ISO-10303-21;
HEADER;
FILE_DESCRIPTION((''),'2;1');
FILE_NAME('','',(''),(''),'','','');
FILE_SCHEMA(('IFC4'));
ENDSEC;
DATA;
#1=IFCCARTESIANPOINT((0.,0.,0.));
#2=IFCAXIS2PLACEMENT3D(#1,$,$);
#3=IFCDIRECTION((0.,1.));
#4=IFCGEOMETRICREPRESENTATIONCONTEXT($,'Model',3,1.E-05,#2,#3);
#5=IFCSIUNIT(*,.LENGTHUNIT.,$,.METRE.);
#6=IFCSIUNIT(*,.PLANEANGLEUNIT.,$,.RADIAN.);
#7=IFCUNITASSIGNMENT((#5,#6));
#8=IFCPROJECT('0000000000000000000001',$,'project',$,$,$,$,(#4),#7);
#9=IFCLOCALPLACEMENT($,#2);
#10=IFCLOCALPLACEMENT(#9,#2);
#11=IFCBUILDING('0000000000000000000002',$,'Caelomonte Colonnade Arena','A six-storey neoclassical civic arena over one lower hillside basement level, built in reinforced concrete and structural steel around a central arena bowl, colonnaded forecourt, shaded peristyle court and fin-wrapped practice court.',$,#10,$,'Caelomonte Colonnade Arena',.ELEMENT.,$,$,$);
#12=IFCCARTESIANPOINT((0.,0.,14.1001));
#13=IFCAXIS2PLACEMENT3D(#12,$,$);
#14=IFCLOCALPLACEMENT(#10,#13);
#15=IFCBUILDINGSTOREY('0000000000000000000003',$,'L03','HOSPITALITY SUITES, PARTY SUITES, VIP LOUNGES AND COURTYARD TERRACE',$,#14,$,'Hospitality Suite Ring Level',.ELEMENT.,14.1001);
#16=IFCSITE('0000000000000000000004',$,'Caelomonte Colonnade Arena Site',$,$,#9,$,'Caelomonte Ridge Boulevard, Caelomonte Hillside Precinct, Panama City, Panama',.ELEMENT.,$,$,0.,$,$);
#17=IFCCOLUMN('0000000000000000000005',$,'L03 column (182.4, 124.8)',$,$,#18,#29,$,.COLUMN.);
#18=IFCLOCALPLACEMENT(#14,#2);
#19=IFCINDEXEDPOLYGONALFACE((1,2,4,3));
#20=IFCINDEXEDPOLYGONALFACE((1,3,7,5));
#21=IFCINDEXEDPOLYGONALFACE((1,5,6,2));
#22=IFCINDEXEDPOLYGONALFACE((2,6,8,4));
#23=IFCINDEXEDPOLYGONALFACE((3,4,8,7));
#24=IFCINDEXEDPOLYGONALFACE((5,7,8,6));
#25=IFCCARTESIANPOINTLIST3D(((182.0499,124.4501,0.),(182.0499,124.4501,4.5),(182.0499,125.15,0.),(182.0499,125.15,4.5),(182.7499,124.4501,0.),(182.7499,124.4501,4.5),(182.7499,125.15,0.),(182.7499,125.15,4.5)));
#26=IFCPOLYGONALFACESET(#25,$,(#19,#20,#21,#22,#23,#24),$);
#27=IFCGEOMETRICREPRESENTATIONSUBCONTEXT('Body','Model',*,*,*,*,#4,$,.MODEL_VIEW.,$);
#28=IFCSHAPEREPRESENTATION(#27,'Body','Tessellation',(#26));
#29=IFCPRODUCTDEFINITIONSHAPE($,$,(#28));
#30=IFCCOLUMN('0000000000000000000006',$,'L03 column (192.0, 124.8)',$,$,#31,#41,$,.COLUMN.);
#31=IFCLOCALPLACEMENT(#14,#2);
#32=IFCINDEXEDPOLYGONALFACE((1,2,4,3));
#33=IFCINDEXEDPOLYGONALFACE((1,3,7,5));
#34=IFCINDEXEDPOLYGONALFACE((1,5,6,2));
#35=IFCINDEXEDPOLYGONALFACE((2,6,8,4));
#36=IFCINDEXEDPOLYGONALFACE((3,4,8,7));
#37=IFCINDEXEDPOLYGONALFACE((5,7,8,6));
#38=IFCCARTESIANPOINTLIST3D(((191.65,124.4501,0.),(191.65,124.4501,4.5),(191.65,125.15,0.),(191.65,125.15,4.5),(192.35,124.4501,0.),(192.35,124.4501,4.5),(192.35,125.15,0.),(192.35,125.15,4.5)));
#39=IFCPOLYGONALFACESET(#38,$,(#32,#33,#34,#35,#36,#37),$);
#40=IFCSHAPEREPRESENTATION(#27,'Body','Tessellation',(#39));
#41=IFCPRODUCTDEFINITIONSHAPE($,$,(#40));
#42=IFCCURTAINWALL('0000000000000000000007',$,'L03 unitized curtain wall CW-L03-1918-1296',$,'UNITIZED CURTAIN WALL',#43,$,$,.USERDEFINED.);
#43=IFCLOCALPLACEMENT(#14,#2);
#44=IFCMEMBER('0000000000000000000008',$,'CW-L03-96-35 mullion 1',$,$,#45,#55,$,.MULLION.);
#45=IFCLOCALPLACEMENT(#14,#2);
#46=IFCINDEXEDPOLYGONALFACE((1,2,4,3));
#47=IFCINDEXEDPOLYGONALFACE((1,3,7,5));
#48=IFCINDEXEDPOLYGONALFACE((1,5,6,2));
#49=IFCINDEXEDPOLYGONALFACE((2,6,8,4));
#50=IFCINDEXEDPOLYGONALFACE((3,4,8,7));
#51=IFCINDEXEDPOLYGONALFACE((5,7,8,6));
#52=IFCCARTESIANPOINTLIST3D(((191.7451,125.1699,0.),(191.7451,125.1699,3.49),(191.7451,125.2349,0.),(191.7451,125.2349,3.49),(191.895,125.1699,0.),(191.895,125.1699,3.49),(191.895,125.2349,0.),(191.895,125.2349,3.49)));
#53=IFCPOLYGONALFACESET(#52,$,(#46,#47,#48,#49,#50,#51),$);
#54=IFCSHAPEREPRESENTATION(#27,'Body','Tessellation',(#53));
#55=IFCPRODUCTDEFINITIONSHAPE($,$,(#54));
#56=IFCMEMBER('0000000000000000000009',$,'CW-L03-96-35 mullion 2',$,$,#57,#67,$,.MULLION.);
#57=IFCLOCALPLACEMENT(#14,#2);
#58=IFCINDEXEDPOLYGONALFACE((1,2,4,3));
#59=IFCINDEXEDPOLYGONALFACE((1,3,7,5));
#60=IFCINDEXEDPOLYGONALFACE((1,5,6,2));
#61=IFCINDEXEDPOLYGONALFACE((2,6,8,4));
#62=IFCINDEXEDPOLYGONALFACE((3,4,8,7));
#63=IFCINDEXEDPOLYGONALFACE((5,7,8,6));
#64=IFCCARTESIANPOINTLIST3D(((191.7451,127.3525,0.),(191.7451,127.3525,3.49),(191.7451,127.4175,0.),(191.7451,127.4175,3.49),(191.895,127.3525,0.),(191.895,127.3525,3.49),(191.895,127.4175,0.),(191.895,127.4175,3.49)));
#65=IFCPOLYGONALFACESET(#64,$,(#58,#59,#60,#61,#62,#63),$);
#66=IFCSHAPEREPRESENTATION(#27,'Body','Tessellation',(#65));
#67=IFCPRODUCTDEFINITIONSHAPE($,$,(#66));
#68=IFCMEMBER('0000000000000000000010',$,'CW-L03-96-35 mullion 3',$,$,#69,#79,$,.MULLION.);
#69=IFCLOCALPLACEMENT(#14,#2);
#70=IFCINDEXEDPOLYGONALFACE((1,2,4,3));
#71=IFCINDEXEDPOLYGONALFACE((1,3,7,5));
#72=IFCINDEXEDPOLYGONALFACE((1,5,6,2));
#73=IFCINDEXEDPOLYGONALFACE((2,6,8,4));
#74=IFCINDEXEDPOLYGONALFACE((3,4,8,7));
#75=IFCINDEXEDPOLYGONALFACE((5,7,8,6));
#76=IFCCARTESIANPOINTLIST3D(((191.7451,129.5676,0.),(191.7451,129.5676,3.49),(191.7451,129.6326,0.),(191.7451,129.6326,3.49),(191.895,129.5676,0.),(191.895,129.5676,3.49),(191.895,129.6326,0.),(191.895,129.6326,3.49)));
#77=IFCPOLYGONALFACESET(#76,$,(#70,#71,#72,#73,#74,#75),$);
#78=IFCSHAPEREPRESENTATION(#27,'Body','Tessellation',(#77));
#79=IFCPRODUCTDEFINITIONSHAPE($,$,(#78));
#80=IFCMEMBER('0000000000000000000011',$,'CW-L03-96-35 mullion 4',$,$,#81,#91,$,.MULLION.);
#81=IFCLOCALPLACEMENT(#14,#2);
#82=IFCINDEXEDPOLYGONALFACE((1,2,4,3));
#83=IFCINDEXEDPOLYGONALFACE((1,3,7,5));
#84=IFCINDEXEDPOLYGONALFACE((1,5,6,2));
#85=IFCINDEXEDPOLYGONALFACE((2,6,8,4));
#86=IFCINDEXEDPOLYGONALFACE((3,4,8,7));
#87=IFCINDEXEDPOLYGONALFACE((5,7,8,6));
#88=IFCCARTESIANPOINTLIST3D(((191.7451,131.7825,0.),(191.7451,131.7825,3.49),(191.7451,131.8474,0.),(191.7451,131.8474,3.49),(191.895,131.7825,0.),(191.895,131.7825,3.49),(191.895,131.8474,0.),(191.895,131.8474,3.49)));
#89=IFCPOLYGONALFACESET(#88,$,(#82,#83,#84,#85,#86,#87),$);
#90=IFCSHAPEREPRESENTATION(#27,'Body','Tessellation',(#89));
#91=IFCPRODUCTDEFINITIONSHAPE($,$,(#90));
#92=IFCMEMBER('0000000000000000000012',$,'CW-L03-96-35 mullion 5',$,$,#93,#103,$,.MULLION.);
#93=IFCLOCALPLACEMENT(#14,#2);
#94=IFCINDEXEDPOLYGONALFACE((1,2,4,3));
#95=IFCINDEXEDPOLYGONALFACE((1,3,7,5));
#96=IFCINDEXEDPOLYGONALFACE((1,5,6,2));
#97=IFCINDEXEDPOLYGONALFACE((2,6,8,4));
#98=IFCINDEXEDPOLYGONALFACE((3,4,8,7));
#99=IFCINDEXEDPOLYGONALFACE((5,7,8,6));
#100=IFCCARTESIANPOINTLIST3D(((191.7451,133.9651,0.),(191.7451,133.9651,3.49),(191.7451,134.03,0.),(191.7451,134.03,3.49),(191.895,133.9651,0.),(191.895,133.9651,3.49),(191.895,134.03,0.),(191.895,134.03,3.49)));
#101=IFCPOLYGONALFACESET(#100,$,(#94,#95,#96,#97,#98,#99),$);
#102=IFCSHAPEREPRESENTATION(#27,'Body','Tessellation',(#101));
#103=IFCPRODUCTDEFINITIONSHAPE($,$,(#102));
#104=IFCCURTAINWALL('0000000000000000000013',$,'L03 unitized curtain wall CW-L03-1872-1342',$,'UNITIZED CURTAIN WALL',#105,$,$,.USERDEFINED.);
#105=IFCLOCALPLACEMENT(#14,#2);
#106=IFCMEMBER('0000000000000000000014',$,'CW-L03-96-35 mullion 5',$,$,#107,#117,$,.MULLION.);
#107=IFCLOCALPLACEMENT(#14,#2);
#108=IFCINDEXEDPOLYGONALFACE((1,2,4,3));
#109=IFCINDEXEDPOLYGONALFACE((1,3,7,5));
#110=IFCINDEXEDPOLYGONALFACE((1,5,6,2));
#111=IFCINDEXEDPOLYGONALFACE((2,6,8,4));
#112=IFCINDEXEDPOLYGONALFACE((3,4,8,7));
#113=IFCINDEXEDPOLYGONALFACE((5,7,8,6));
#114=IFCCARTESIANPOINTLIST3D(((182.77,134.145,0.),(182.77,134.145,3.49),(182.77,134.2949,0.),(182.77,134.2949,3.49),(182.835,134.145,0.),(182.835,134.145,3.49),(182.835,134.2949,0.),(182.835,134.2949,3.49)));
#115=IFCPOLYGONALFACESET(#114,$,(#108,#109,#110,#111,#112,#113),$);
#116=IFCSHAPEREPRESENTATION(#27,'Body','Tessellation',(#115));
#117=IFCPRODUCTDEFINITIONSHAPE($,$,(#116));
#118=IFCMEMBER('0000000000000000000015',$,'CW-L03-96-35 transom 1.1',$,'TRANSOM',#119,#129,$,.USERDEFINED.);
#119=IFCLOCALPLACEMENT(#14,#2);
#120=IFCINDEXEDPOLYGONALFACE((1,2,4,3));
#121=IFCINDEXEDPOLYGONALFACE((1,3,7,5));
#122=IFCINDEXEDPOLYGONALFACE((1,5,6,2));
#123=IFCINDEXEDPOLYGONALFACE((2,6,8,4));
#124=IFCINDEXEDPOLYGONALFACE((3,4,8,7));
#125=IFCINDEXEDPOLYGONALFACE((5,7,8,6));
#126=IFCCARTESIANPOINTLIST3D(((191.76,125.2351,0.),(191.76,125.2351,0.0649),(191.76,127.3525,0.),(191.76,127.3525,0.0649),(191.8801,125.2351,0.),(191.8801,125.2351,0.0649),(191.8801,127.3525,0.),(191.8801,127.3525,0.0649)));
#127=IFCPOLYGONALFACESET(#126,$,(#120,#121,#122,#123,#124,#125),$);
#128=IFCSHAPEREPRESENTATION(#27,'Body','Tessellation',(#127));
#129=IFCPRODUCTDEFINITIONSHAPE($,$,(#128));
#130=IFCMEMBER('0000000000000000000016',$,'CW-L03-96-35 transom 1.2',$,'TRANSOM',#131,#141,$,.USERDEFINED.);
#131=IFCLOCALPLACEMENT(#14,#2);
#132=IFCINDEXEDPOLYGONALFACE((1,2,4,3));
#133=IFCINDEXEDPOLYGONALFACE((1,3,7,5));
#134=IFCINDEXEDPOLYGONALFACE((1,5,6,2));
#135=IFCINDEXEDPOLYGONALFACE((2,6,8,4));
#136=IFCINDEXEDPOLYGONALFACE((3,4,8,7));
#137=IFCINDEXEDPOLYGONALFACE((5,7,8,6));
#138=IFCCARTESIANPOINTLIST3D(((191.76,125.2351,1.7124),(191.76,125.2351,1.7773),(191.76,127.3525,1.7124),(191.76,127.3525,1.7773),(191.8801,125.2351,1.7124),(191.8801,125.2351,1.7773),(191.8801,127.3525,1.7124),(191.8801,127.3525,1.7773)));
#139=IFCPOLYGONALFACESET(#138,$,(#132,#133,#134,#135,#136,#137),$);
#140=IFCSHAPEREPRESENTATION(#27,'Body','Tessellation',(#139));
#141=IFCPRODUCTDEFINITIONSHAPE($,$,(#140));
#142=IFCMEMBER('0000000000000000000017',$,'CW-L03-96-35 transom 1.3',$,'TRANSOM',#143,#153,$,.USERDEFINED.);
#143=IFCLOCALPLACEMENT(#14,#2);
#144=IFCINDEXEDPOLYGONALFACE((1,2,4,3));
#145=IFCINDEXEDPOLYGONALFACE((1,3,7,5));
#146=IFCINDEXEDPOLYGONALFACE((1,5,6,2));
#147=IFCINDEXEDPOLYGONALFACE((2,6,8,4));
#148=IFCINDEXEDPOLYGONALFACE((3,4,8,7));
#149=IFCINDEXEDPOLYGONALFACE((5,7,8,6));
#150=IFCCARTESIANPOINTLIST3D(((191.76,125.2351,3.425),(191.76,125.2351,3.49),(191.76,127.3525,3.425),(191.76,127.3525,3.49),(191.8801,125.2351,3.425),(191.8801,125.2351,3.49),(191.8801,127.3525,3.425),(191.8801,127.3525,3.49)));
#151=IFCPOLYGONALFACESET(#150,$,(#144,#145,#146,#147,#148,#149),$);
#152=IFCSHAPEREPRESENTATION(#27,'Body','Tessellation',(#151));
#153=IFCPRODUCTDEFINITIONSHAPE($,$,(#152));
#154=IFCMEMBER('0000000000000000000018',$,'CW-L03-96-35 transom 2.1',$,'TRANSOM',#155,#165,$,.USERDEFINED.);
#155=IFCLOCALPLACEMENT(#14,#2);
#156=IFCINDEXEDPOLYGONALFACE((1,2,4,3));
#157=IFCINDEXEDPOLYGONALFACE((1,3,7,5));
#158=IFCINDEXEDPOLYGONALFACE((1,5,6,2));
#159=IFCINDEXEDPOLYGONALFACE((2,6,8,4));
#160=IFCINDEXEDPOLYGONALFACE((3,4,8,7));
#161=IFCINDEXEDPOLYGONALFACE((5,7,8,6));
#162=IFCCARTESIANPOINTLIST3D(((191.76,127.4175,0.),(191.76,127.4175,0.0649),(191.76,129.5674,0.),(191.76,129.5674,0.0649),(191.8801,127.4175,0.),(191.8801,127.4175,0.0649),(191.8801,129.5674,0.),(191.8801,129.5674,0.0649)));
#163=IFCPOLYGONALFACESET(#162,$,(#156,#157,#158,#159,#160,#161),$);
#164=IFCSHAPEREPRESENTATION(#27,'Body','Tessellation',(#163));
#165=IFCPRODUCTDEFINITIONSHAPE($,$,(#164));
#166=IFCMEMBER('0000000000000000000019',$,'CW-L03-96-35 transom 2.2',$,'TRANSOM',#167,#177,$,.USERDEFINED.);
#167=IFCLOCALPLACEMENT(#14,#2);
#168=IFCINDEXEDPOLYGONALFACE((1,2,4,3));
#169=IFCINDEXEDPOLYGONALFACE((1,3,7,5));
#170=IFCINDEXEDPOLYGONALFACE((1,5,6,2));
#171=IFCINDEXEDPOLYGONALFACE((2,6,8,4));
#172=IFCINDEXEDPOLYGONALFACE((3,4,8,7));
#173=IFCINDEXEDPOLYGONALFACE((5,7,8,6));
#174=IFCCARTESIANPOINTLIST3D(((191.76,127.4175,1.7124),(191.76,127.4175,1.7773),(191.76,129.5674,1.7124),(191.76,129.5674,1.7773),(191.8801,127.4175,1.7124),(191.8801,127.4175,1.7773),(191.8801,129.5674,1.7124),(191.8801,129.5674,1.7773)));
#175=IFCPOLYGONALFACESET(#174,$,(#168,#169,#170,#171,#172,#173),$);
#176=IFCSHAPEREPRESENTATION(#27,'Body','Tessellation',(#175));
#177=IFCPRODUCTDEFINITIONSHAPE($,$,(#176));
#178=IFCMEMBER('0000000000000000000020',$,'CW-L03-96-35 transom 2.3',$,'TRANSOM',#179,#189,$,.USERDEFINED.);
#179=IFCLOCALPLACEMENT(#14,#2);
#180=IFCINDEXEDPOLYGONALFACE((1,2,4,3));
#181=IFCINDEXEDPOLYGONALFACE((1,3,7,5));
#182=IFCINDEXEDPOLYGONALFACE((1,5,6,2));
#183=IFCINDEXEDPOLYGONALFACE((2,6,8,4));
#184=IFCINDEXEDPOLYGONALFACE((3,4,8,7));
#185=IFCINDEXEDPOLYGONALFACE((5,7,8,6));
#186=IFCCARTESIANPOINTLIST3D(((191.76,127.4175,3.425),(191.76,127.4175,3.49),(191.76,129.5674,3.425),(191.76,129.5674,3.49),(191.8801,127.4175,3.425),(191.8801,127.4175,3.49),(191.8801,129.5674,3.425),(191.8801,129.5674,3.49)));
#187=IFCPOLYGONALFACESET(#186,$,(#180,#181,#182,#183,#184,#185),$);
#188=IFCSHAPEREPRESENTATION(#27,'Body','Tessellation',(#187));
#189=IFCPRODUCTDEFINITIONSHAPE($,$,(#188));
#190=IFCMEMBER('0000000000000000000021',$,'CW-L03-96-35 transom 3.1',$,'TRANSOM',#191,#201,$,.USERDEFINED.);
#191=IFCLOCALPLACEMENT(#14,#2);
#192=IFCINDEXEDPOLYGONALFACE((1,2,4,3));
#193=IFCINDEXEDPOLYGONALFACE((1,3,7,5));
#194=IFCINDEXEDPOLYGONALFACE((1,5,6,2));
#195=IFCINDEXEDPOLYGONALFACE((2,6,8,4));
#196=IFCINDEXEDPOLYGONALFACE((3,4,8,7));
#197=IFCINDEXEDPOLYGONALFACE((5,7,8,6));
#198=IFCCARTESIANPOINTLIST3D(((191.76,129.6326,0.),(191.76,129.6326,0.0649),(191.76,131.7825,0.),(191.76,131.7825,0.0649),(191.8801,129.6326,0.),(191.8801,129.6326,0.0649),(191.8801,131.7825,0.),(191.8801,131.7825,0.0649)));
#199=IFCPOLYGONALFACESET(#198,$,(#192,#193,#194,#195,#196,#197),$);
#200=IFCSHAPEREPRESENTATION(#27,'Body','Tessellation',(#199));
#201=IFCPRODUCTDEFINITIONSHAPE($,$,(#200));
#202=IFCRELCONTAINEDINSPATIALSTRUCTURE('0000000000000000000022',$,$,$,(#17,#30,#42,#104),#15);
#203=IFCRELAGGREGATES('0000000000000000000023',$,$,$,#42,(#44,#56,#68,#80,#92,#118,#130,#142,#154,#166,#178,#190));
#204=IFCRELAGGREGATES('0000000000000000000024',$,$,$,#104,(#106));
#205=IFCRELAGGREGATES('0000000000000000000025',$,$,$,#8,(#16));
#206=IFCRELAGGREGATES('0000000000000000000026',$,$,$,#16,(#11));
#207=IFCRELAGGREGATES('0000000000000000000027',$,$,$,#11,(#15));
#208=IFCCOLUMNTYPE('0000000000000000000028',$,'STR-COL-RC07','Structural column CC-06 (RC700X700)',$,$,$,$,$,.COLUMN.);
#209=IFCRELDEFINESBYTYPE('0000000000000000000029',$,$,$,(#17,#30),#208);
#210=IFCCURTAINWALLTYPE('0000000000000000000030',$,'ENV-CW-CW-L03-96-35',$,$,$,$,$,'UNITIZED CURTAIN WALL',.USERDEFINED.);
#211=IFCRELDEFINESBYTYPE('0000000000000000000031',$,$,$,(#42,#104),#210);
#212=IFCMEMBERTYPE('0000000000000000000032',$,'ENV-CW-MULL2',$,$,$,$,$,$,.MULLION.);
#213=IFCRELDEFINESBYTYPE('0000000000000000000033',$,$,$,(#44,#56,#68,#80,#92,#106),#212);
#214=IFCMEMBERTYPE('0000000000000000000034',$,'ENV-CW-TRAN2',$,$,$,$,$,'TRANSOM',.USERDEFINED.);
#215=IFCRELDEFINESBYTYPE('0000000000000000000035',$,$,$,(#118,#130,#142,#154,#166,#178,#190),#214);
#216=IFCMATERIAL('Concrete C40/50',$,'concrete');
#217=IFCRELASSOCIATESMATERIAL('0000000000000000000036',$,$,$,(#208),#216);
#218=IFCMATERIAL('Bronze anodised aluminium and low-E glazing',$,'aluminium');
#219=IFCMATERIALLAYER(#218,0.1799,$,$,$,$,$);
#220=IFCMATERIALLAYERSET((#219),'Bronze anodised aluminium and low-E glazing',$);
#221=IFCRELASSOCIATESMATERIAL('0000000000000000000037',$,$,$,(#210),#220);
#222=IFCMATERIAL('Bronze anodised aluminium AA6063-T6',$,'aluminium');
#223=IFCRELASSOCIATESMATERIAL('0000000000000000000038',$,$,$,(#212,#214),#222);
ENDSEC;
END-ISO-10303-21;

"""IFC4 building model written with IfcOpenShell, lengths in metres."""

from ifc_helpers import new_model, si_unit, direction, frame, origin, origin_2d, place, context, subcontext, project, spatial, rectangle, extrude, material, layer, layer_set, material_profile, profile_set, type_object, element, aggregate, save


model = new_model("IFC4")

# Units and contexts
model_context = context("Model", 3, precision=1e-05, world=origin(), true_north=direction((0.0, 1.0)))
body_context = subcontext(model_context, "Body", "Model", "MODEL_VIEW")
ifc_project = project(units=[si_unit("LENGTHUNIT", "METRE"), si_unit("PLANEANGLEUNIT", "RADIAN")], contexts=[model_context])

# Site, building, storey
site_placement = place(None, origin())
site = spatial("IfcSite", under=ifc_project, at=site_placement, Name="Caelomonte Colonnade Arena Site", LongName="Caelomonte Ridge Boulevard, Caelomonte Hillside Precinct, Panama City, Panama", CompositionType="ELEMENT", RefElevation=0.0)
building_placement = place(site_placement, origin())
building = spatial("IfcBuilding", under=site, at=building_placement, Name="Caelomonte Colonnade Arena", Description="A six-storey neoclassical civic arena over one lower hillside basement level, built in reinforced concrete and structural steel around a central arena bowl, colonnaded forecourt, shaded peristyle court and fin-wrapped practice court.", LongName="Caelomonte Colonnade Arena", CompositionType="ELEMENT")
storey_placement = place(building_placement, frame((0.0, 0.0, 14.1001)))
storey = spatial("IfcBuildingStorey", under=building, at=storey_placement, Name="L03", Description="HOSPITALITY SUITES, PARTY SUITES, VIP LOUNGES AND COURTYARD TERRACE", LongName="Hospitality Suite Ring Level", CompositionType="ELEMENT", Elevation=14.1001)

# Columns
ifc_material_1 = material(Name="Concrete C40/50", Category="concrete")
ifc_material_profile_1 = material_profile(ifc_material_1, rectangle(XDim=0.7, YDim=0.7, at=origin_2d()), Name="RC700X700")
ifc_profile_set_1 = profile_set([ifc_material_profile_1], Name="Concrete C40/50")
column_type = type_object("IfcColumnType", Name="STR-COL-RC07", Description="Structural column CC-06 (RC700X700)", PredefinedType="COLUMN", material=ifc_profile_set_1)
for number, where, z_axis, x_axis, name in (
    (1, (182.3999, 124.8, 0.0), (0.0, 0.0, 1.0), (1.0, 0.0, 0.0), "L03 column (182.4, 124.8)"),
    (2, (192.0, 124.8, 0.0), (0.0, 0.0, 1.0), (1.0, 0.0, 0.0), "L03 column (192.0, 124.8)"),
):
    element("IfcColumn", number, at=place(storey_placement, frame(where, z_axis=z_axis, x_axis=x_axis)), inside=storey, type_object=column_type, Name=name, PredefinedType="COLUMN", context=body_context, shape_type="SweptSolid", body=[
        extrude(rectangle(XDim=0.7, YDim=0.7, at=origin_2d()), origin(), (0.0, 0.0, 1.0), 4.5),
    ])

# Curtain wall, members
ifc_material_2 = material(Name="Bronze anodised aluminium and low-E glazing", Category="aluminium")
ifc_layer_1 = layer(ifc_material_2, 0.1799)
ifc_layer_set_1 = layer_set([ifc_layer_1], Name="Bronze anodised aluminium and low-E glazing")
curtain_wall_type = type_object("IfcCurtainWallType", Name="ENV-CW-CW-L03-96-35", ElementType="UNITIZED CURTAIN WALL", PredefinedType="USERDEFINED", material=ifc_layer_set_1)
curtain_wall_1_placement = place(storey_placement, origin())
curtain_wall_1 = element("IfcCurtainWall", 3, at=curtain_wall_1_placement, inside=storey, type_object=curtain_wall_type, Name="L03 unitized curtain wall CW-L03-1918-1296", ObjectType="UNITIZED CURTAIN WALL", PredefinedType="USERDEFINED")
ifc_material_3 = material(Name="Bronze anodised aluminium AA6063-T6", Category="aluminium")
ifc_material_profile_2 = material_profile(ifc_material_3, rectangle(XDim=0.0649, YDim=0.1499, at=origin_2d()), Name="CWM-65X150")
ifc_profile_set_2 = profile_set([ifc_material_profile_2], Name="Bronze anodised aluminium AA6063-T6")
member_type_1 = type_object("IfcMemberType", Name="ENV-CW-MULL2", PredefinedType="MULLION", material=ifc_profile_set_2)
member_1_placement = place(storey_placement, frame((191.8201, 125.2024, 0.0), z_axis=(0.0, 0.0, 1.0), x_axis=(0.0, 1.0, 0.0)))
member_1 = element("IfcMember", 4, at=member_1_placement, type_object=member_type_1, Name="CW-L03-96-35 mullion 1", PredefinedType="MULLION", context=body_context, shape_type="SweptSolid", body=[
    extrude(rectangle(XDim=0.0649, YDim=0.1499, at=origin_2d()), origin(), (0.0, 0.0, 1.0), 3.49),
])
member_2_placement = place(storey_placement, frame((191.8201, 127.385, 0.0), z_axis=(0.0, 0.0, 1.0), x_axis=(0.0, 1.0, 0.0)))
member_2 = element("IfcMember", 5, at=member_2_placement, type_object=member_type_1, Name="CW-L03-96-35 mullion 2", PredefinedType="MULLION", context=body_context, shape_type="SweptSolid", body=[
    extrude(rectangle(XDim=0.0649, YDim=0.1499, at=origin_2d()), origin(), (0.0, 0.0, 1.0), 3.49),
])
member_3_placement = place(storey_placement, frame((191.8201, 129.6001, 0.0), z_axis=(0.0, 0.0, 1.0), x_axis=(0.0, 1.0, 0.0)))
member_3 = element("IfcMember", 6, at=member_3_placement, type_object=member_type_1, Name="CW-L03-96-35 mullion 3", PredefinedType="MULLION", context=body_context, shape_type="SweptSolid", body=[
    extrude(rectangle(XDim=0.0649, YDim=0.1499, at=origin_2d()), origin(), (0.0, 0.0, 1.0), 3.49),
])
member_4_placement = place(storey_placement, frame((191.8201, 131.8149, 0.0), z_axis=(0.0, 0.0, 1.0), x_axis=(0.0, 1.0, 0.0)))
member_4 = element("IfcMember", 7, at=member_4_placement, type_object=member_type_1, Name="CW-L03-96-35 mullion 4", PredefinedType="MULLION", context=body_context, shape_type="SweptSolid", body=[
    extrude(rectangle(XDim=0.0649, YDim=0.1499, at=origin_2d()), origin(), (0.0, 0.0, 1.0), 3.49),
])
member_5_placement = place(storey_placement, frame((191.8201, 133.9976, 0.0), z_axis=(0.0, 0.0, 1.0), x_axis=(0.0, 1.0, 0.0)))
member_5 = element("IfcMember", 8, at=member_5_placement, type_object=member_type_1, Name="CW-L03-96-35 mullion 5", PredefinedType="MULLION", context=body_context, shape_type="SweptSolid", body=[
    extrude(rectangle(XDim=0.0649, YDim=0.1499, at=origin_2d()), origin(), (0.0, 0.0, 1.0), 3.49),
])

# Curtain wall, member
curtain_wall_2_placement = place(storey_placement, origin())
curtain_wall_2 = element("IfcCurtainWall", 9, at=curtain_wall_2_placement, inside=storey, type_object=curtain_wall_type, Name="L03 unitized curtain wall CW-L03-1872-1342", ObjectType="UNITIZED CURTAIN WALL", PredefinedType="USERDEFINED")
member_6_placement = place(storey_placement, frame((182.8025, 134.22, 0.0), z_axis=(0.0, 0.0, 1.0), x_axis=(-1.0, 0.0, 0.0)))
member_6 = element("IfcMember", 10, at=member_6_placement, type_object=member_type_1, Name="CW-L03-96-35 mullion 5", PredefinedType="MULLION", context=body_context, shape_type="SweptSolid", body=[
    extrude(rectangle(XDim=0.0649, YDim=0.1499, at=origin_2d()), origin(), (0.0, 0.0, 1.0), 3.49),
])

# Members
ifc_material_profile_3 = material_profile(ifc_material_3, rectangle(XDim=0.0649, YDim=0.1201, at=origin_2d()), Name="CWT-65X120")
ifc_profile_set_3 = profile_set([ifc_material_profile_3], Name="Bronze anodised aluminium AA6063-T6")
member_type_2 = type_object("IfcMemberType", Name="ENV-CW-TRAN2", ElementType="TRANSOM", PredefinedType="USERDEFINED", material=ifc_profile_set_3)
member_7_placement = place(storey_placement, frame((191.8201, 125.2351, 0.0325), z_axis=(0.0, 1.0, 0.0), x_axis=(0.0, 0.0, 1.0)))
member_7 = element("IfcMember", 11, at=member_7_placement, type_object=member_type_2, Name="CW-L03-96-35 transom 1.1", ObjectType="TRANSOM", PredefinedType="USERDEFINED", context=body_context, shape_type="SweptSolid", body=[
    extrude(rectangle(XDim=0.0649, YDim=0.1201, at=origin_2d()), origin(), (0.0, 0.0, 1.0), 2.1174),
])
member_8_placement = place(storey_placement, frame((191.8201, 125.2351, 1.7449), z_axis=(0.0, 1.0, 0.0), x_axis=(0.0, 0.0, 1.0)))
member_8 = element("IfcMember", 12, at=member_8_placement, type_object=member_type_2, Name="CW-L03-96-35 transom 1.2", ObjectType="TRANSOM", PredefinedType="USERDEFINED", context=body_context, shape_type="SweptSolid", body=[
    extrude(rectangle(XDim=0.0649, YDim=0.1201, at=origin_2d()), origin(), (0.0, 0.0, 1.0), 2.1174),
])
member_9_placement = place(storey_placement, frame((191.8201, 125.2351, 3.4575), z_axis=(0.0, 1.0, 0.0), x_axis=(0.0, 0.0, 1.0)))
member_9 = element("IfcMember", 13, at=member_9_placement, type_object=member_type_2, Name="CW-L03-96-35 transom 1.3", ObjectType="TRANSOM", PredefinedType="USERDEFINED", context=body_context, shape_type="SweptSolid", body=[
    extrude(rectangle(XDim=0.0649, YDim=0.1201, at=origin_2d()), origin(), (0.0, 0.0, 1.0), 2.1174),
])
member_10_placement = place(storey_placement, frame((191.8201, 127.4175, 0.0325), z_axis=(0.0, 1.0, 0.0), x_axis=(0.0, 0.0, 1.0)))
member_10 = element("IfcMember", 14, at=member_10_placement, type_object=member_type_2, Name="CW-L03-96-35 transom 2.1", ObjectType="TRANSOM", PredefinedType="USERDEFINED", context=body_context, shape_type="SweptSolid", body=[
    extrude(rectangle(XDim=0.0649, YDim=0.1201, at=origin_2d()), origin(), (0.0, 0.0, 1.0), 2.1499),
])
member_11_placement = place(storey_placement, frame((191.8201, 127.4175, 1.7449), z_axis=(0.0, 1.0, 0.0), x_axis=(0.0, 0.0, 1.0)))
member_11 = element("IfcMember", 15, at=member_11_placement, type_object=member_type_2, Name="CW-L03-96-35 transom 2.2", ObjectType="TRANSOM", PredefinedType="USERDEFINED", context=body_context, shape_type="SweptSolid", body=[
    extrude(rectangle(XDim=0.0649, YDim=0.1201, at=origin_2d()), origin(), (0.0, 0.0, 1.0), 2.1499),
])
member_12_placement = place(storey_placement, frame((191.8201, 127.4175, 3.4575), z_axis=(0.0, 1.0, 0.0), x_axis=(0.0, 0.0, 1.0)))
member_12 = element("IfcMember", 16, at=member_12_placement, type_object=member_type_2, Name="CW-L03-96-35 transom 2.3", ObjectType="TRANSOM", PredefinedType="USERDEFINED", context=body_context, shape_type="SweptSolid", body=[
    extrude(rectangle(XDim=0.0649, YDim=0.1201, at=origin_2d()), origin(), (0.0, 0.0, 1.0), 2.1499),
])
member_13_placement = place(storey_placement, frame((191.8201, 129.6326, 0.0325), z_axis=(0.0, 1.0, 0.0), x_axis=(0.0, 0.0, 1.0)))
member_13 = element("IfcMember", 17, at=member_13_placement, type_object=member_type_2, Name="CW-L03-96-35 transom 3.1", ObjectType="TRANSOM", PredefinedType="USERDEFINED", context=body_context, shape_type="SweptSolid", body=[
    extrude(rectangle(XDim=0.0649, YDim=0.1201, at=origin_2d()), origin(), (0.0, 0.0, 1.0), 2.1499),
])

aggregate(curtain_wall_1, [member_1, member_2, member_3, member_4, member_5, member_7, member_8, member_9, member_10, member_11, member_12, member_13])
aggregate(curtain_wall_2, [member_6])

save(model, "model.ifc")
